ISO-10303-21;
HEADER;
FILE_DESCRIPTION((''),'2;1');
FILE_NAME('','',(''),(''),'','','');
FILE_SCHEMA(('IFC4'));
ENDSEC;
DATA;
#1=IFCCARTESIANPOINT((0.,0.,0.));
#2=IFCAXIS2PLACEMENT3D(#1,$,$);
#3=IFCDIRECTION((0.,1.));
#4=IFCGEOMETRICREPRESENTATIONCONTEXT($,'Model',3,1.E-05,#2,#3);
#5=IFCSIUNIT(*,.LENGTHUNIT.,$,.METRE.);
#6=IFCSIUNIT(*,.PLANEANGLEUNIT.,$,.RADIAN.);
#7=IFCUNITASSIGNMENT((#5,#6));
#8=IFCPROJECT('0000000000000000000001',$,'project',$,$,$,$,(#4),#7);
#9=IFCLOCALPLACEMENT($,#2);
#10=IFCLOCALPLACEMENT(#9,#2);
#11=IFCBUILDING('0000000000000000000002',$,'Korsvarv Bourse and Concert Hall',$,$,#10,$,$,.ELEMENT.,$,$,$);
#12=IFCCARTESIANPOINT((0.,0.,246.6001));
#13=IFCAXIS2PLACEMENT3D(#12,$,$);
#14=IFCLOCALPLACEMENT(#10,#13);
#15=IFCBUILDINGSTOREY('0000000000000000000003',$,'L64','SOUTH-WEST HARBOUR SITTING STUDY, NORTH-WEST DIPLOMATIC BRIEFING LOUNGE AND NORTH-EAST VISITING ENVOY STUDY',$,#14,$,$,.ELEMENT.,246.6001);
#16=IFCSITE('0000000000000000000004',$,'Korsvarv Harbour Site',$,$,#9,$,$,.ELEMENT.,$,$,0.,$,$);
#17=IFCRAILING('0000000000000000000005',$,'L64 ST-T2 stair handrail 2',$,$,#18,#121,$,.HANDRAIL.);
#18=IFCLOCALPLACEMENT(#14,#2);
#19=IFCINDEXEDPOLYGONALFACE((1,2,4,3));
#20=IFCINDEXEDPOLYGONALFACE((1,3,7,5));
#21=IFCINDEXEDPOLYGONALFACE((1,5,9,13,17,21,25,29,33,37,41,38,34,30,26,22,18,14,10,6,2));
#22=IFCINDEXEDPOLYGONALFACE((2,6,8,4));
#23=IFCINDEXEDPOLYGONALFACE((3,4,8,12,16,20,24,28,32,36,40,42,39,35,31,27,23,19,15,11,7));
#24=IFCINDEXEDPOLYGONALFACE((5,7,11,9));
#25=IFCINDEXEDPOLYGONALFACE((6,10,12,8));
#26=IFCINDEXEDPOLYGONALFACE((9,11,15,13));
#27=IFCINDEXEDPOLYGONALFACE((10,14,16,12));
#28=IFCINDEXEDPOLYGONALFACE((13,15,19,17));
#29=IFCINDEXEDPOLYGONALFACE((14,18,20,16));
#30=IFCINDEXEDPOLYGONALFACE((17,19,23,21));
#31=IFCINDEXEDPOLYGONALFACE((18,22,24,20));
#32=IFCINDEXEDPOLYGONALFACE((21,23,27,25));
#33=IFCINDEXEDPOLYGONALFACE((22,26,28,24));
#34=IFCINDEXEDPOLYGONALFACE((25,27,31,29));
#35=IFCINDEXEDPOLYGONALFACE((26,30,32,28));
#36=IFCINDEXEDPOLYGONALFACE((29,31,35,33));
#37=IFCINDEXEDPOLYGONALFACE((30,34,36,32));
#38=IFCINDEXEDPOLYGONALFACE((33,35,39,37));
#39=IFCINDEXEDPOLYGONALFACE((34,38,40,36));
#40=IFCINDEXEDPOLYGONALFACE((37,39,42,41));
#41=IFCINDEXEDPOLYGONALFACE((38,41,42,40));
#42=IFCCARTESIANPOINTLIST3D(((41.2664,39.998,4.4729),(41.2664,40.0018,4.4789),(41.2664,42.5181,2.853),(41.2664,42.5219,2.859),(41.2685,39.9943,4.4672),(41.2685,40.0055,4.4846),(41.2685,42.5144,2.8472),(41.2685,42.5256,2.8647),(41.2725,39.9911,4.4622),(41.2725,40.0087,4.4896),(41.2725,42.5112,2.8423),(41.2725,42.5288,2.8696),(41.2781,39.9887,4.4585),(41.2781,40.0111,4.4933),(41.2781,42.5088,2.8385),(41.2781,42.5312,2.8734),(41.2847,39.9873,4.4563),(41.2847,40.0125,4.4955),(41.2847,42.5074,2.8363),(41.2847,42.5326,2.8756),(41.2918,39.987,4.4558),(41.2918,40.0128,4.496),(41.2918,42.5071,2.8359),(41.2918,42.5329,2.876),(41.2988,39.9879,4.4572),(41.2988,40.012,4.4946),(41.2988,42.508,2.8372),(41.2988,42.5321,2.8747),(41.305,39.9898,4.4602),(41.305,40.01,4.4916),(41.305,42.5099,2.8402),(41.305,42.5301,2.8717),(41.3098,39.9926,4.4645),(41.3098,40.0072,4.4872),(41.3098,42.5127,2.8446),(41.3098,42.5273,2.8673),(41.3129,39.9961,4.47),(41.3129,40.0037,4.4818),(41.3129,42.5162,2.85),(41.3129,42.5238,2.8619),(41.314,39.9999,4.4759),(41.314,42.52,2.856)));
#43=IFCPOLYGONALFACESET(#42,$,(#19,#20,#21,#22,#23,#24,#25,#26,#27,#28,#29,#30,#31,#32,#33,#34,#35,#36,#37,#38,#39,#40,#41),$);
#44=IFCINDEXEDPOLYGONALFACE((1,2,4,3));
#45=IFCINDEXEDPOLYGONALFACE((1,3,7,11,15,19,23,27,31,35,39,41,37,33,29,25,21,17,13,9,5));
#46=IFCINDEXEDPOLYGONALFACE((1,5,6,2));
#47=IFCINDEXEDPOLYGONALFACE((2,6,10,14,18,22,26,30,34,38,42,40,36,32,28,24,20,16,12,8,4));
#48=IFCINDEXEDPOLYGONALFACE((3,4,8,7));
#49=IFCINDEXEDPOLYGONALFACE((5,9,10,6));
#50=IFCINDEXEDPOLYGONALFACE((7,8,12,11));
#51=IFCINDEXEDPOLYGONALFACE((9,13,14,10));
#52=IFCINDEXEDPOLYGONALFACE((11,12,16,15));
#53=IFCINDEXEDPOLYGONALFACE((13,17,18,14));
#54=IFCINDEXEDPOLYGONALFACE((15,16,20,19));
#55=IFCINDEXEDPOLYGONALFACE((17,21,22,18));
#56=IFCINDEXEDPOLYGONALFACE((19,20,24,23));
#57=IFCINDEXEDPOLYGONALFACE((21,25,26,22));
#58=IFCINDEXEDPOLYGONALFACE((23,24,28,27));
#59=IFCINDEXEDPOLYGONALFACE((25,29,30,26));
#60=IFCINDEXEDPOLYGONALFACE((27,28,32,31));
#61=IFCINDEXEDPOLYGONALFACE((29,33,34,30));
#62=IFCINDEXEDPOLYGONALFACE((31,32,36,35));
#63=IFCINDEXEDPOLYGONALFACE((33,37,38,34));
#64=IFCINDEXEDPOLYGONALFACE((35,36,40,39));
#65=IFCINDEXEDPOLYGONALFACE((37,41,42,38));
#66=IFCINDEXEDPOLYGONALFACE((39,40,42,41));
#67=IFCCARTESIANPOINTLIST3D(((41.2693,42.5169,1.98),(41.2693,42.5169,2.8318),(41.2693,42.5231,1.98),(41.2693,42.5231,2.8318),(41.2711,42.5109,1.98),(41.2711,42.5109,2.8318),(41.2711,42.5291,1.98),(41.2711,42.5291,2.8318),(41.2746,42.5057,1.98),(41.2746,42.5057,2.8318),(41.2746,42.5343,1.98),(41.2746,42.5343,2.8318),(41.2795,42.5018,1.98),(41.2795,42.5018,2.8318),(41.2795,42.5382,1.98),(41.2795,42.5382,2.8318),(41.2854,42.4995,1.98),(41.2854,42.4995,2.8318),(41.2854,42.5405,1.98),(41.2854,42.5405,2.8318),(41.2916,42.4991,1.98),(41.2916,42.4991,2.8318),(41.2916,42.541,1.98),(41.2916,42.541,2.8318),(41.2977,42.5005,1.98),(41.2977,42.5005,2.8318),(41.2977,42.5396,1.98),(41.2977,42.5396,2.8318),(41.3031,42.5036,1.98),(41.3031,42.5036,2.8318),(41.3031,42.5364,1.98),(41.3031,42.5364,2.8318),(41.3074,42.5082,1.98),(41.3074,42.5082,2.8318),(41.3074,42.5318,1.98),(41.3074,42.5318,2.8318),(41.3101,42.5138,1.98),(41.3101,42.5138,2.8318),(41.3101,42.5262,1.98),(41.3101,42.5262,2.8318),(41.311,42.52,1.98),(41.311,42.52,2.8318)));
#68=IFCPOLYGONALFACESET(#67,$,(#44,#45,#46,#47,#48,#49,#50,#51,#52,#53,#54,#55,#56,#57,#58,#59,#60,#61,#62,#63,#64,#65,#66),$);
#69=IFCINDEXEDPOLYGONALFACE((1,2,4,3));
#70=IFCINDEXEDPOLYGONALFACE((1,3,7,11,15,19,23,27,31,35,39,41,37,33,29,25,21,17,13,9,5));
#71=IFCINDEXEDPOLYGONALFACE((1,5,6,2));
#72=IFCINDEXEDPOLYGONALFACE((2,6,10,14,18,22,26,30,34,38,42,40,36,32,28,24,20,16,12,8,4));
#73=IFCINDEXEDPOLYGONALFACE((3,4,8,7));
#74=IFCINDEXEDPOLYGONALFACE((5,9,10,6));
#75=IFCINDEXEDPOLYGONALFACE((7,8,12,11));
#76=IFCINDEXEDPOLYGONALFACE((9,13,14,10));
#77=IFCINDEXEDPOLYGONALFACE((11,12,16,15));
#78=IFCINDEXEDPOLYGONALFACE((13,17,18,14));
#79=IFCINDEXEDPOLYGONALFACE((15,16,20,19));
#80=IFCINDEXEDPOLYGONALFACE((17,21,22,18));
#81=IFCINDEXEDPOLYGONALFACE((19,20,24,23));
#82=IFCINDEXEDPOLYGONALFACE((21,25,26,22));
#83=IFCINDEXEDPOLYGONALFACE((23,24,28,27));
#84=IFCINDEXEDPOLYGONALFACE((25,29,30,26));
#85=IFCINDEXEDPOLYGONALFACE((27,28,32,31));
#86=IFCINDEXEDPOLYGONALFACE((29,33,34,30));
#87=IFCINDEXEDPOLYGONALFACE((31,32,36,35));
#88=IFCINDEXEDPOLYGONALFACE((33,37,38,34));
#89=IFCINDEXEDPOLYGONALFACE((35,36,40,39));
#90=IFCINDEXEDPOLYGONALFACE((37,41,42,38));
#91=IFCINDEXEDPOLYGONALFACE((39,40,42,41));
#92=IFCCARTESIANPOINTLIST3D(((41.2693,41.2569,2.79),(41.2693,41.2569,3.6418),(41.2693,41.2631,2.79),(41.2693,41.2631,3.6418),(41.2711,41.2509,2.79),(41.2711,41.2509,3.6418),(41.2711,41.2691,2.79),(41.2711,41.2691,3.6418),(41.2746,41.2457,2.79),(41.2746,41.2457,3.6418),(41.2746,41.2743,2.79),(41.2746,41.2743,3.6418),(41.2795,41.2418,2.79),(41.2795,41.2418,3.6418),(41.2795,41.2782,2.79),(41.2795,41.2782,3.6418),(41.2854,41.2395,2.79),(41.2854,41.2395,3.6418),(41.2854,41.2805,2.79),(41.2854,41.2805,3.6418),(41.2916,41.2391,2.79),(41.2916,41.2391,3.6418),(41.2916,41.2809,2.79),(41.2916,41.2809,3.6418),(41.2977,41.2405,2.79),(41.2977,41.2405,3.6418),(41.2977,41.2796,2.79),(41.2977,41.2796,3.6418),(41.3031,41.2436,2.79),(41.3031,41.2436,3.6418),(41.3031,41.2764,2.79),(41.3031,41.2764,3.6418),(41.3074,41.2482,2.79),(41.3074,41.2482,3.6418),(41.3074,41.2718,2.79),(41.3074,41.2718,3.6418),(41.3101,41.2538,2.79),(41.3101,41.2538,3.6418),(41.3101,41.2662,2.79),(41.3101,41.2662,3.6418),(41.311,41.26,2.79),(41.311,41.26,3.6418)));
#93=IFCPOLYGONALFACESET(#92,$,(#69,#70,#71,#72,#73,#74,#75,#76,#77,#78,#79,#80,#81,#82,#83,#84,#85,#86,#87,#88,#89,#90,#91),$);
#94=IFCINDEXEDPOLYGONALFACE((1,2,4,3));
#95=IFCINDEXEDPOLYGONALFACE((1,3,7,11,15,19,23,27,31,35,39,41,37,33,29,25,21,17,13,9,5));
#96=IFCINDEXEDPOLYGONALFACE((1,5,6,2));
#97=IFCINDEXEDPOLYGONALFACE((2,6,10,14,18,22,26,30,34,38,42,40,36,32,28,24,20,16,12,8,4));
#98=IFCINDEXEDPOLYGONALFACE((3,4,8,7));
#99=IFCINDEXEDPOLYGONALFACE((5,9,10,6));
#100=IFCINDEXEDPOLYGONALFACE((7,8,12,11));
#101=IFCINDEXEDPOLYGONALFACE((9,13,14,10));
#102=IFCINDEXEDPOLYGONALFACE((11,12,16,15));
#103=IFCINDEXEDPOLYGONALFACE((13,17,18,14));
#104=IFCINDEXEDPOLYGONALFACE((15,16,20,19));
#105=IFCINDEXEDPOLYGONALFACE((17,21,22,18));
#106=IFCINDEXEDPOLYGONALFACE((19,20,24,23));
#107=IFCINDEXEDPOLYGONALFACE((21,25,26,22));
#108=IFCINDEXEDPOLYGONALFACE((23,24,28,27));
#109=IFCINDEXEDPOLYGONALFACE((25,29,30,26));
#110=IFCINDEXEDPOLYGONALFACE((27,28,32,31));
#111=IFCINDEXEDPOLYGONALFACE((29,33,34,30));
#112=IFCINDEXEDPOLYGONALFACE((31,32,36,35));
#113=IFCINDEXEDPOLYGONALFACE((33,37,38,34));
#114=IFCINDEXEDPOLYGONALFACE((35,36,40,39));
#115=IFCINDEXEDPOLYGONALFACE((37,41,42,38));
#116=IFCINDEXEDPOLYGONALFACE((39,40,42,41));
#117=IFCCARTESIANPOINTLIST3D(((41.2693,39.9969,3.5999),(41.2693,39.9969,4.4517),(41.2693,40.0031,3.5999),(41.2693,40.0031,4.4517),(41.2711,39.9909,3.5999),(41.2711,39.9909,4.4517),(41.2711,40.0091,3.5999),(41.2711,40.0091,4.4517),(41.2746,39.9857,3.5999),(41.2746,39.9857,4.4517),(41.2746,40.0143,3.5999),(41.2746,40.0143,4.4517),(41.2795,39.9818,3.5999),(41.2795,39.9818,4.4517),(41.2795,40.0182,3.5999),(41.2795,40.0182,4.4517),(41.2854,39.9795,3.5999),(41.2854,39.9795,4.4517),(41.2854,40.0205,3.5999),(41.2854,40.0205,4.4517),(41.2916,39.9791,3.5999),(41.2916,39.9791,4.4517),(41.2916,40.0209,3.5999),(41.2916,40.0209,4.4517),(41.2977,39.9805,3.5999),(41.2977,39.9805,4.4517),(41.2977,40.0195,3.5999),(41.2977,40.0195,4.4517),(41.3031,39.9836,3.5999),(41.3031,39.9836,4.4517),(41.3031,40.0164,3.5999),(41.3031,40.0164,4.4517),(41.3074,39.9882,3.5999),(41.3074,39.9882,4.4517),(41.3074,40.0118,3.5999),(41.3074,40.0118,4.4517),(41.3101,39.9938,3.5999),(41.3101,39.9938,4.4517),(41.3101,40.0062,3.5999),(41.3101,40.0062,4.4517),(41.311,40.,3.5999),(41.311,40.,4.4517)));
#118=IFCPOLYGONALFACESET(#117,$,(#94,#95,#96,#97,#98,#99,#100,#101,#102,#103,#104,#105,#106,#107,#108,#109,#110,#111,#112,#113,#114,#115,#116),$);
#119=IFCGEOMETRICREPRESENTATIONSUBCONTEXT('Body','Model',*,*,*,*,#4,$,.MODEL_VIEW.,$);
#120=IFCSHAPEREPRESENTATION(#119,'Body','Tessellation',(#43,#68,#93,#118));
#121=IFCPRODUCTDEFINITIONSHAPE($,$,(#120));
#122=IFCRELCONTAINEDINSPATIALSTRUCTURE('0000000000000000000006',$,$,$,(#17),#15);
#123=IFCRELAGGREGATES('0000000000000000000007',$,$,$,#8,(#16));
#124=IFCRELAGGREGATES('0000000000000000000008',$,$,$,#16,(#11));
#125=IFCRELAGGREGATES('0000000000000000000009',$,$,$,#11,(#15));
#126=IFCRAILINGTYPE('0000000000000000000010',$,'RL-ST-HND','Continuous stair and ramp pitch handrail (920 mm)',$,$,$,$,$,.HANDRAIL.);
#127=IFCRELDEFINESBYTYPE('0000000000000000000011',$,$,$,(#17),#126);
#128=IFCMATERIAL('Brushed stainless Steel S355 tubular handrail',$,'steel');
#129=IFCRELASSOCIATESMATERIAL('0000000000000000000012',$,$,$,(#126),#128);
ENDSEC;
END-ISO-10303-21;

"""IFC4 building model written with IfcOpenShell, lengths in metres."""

from ifc_helpers import new_model, si_unit, direction, frame, origin, origin_2d, place, context, subcontext, project, spatial, circle, extrude, material, type_object, element, save


model = new_model("IFC4")

# Units and contexts
model_context = context("Model", 3, precision=1e-05, world=origin(), true_north=direction((0.0, 1.0)))
body_context = subcontext(model_context, "Body", "Model", "MODEL_VIEW")
ifc_project = project(units=[si_unit("LENGTHUNIT", "METRE"), si_unit("PLANEANGLEUNIT", "RADIAN")], contexts=[model_context])

# Site, building, storey
site_placement = place(None, origin())
site = spatial("IfcSite", under=ifc_project, at=site_placement, Name="Korsvarv Harbour Site", CompositionType="ELEMENT", RefElevation=0.0)
building_placement = place(site_placement, origin())
building = spatial("IfcBuilding", under=site, at=building_placement, Name="Korsvarv Bourse and Concert Hall", CompositionType="ELEMENT")
storey_placement = place(building_placement, frame((0.0, 0.0, 246.6001)))
storey = spatial("IfcBuildingStorey", under=building, at=storey_placement, Name="L64", Description="SOUTH-WEST HARBOUR SITTING STUDY, NORTH-WEST DIPLOMATIC BRIEFING LOUNGE AND NORTH-EAST VISITING ENVOY STUDY", CompositionType="ELEMENT", Elevation=246.6001)

# Railing
ifc_material_1 = material(Name="Brushed stainless Steel S355 tubular handrail", Category="steel")
railing_type = type_object("IfcRailingType", Name="RL-ST-HND", Description="Continuous stair and ramp pitch handrail (920 mm)", PredefinedType="HANDRAIL", material=ifc_material_1)
railing_placement = place(storey_placement, frame((41.29, 42.52, 1.98)))
element("IfcRailing", 1, at=railing_placement, inside=storey, type_object=railing_type, Name="L64 ST-T2 stair handrail 2", PredefinedType="HANDRAIL", context=body_context, shape_type="SweptSolid", body=[
    extrude(circle(Radius=0.0239, at=origin_2d()), frame((0.0, 0.0, 0.876), z_axis=(0.0, -0.8412, 0.540725), x_axis=(1.0, 0.0, 0.0)), (0.0, 0.0, 1.0), 2.9958),
    extrude(circle(Radius=0.021, at=origin_2d()), origin(), (0.0, 0.0, 1.0), 0.8518),
    extrude(circle(Radius=0.021, at=origin_2d()), frame((0.0, -1.26, 0.8101)), (0.0, 0.0, 1.0), 0.8518),
    extrude(circle(Radius=0.021, at=origin_2d()), frame((0.0, -2.52, 1.6199)), (0.0, 0.0, 1.0), 0.8518),
])

save(model, "model.ifc")
